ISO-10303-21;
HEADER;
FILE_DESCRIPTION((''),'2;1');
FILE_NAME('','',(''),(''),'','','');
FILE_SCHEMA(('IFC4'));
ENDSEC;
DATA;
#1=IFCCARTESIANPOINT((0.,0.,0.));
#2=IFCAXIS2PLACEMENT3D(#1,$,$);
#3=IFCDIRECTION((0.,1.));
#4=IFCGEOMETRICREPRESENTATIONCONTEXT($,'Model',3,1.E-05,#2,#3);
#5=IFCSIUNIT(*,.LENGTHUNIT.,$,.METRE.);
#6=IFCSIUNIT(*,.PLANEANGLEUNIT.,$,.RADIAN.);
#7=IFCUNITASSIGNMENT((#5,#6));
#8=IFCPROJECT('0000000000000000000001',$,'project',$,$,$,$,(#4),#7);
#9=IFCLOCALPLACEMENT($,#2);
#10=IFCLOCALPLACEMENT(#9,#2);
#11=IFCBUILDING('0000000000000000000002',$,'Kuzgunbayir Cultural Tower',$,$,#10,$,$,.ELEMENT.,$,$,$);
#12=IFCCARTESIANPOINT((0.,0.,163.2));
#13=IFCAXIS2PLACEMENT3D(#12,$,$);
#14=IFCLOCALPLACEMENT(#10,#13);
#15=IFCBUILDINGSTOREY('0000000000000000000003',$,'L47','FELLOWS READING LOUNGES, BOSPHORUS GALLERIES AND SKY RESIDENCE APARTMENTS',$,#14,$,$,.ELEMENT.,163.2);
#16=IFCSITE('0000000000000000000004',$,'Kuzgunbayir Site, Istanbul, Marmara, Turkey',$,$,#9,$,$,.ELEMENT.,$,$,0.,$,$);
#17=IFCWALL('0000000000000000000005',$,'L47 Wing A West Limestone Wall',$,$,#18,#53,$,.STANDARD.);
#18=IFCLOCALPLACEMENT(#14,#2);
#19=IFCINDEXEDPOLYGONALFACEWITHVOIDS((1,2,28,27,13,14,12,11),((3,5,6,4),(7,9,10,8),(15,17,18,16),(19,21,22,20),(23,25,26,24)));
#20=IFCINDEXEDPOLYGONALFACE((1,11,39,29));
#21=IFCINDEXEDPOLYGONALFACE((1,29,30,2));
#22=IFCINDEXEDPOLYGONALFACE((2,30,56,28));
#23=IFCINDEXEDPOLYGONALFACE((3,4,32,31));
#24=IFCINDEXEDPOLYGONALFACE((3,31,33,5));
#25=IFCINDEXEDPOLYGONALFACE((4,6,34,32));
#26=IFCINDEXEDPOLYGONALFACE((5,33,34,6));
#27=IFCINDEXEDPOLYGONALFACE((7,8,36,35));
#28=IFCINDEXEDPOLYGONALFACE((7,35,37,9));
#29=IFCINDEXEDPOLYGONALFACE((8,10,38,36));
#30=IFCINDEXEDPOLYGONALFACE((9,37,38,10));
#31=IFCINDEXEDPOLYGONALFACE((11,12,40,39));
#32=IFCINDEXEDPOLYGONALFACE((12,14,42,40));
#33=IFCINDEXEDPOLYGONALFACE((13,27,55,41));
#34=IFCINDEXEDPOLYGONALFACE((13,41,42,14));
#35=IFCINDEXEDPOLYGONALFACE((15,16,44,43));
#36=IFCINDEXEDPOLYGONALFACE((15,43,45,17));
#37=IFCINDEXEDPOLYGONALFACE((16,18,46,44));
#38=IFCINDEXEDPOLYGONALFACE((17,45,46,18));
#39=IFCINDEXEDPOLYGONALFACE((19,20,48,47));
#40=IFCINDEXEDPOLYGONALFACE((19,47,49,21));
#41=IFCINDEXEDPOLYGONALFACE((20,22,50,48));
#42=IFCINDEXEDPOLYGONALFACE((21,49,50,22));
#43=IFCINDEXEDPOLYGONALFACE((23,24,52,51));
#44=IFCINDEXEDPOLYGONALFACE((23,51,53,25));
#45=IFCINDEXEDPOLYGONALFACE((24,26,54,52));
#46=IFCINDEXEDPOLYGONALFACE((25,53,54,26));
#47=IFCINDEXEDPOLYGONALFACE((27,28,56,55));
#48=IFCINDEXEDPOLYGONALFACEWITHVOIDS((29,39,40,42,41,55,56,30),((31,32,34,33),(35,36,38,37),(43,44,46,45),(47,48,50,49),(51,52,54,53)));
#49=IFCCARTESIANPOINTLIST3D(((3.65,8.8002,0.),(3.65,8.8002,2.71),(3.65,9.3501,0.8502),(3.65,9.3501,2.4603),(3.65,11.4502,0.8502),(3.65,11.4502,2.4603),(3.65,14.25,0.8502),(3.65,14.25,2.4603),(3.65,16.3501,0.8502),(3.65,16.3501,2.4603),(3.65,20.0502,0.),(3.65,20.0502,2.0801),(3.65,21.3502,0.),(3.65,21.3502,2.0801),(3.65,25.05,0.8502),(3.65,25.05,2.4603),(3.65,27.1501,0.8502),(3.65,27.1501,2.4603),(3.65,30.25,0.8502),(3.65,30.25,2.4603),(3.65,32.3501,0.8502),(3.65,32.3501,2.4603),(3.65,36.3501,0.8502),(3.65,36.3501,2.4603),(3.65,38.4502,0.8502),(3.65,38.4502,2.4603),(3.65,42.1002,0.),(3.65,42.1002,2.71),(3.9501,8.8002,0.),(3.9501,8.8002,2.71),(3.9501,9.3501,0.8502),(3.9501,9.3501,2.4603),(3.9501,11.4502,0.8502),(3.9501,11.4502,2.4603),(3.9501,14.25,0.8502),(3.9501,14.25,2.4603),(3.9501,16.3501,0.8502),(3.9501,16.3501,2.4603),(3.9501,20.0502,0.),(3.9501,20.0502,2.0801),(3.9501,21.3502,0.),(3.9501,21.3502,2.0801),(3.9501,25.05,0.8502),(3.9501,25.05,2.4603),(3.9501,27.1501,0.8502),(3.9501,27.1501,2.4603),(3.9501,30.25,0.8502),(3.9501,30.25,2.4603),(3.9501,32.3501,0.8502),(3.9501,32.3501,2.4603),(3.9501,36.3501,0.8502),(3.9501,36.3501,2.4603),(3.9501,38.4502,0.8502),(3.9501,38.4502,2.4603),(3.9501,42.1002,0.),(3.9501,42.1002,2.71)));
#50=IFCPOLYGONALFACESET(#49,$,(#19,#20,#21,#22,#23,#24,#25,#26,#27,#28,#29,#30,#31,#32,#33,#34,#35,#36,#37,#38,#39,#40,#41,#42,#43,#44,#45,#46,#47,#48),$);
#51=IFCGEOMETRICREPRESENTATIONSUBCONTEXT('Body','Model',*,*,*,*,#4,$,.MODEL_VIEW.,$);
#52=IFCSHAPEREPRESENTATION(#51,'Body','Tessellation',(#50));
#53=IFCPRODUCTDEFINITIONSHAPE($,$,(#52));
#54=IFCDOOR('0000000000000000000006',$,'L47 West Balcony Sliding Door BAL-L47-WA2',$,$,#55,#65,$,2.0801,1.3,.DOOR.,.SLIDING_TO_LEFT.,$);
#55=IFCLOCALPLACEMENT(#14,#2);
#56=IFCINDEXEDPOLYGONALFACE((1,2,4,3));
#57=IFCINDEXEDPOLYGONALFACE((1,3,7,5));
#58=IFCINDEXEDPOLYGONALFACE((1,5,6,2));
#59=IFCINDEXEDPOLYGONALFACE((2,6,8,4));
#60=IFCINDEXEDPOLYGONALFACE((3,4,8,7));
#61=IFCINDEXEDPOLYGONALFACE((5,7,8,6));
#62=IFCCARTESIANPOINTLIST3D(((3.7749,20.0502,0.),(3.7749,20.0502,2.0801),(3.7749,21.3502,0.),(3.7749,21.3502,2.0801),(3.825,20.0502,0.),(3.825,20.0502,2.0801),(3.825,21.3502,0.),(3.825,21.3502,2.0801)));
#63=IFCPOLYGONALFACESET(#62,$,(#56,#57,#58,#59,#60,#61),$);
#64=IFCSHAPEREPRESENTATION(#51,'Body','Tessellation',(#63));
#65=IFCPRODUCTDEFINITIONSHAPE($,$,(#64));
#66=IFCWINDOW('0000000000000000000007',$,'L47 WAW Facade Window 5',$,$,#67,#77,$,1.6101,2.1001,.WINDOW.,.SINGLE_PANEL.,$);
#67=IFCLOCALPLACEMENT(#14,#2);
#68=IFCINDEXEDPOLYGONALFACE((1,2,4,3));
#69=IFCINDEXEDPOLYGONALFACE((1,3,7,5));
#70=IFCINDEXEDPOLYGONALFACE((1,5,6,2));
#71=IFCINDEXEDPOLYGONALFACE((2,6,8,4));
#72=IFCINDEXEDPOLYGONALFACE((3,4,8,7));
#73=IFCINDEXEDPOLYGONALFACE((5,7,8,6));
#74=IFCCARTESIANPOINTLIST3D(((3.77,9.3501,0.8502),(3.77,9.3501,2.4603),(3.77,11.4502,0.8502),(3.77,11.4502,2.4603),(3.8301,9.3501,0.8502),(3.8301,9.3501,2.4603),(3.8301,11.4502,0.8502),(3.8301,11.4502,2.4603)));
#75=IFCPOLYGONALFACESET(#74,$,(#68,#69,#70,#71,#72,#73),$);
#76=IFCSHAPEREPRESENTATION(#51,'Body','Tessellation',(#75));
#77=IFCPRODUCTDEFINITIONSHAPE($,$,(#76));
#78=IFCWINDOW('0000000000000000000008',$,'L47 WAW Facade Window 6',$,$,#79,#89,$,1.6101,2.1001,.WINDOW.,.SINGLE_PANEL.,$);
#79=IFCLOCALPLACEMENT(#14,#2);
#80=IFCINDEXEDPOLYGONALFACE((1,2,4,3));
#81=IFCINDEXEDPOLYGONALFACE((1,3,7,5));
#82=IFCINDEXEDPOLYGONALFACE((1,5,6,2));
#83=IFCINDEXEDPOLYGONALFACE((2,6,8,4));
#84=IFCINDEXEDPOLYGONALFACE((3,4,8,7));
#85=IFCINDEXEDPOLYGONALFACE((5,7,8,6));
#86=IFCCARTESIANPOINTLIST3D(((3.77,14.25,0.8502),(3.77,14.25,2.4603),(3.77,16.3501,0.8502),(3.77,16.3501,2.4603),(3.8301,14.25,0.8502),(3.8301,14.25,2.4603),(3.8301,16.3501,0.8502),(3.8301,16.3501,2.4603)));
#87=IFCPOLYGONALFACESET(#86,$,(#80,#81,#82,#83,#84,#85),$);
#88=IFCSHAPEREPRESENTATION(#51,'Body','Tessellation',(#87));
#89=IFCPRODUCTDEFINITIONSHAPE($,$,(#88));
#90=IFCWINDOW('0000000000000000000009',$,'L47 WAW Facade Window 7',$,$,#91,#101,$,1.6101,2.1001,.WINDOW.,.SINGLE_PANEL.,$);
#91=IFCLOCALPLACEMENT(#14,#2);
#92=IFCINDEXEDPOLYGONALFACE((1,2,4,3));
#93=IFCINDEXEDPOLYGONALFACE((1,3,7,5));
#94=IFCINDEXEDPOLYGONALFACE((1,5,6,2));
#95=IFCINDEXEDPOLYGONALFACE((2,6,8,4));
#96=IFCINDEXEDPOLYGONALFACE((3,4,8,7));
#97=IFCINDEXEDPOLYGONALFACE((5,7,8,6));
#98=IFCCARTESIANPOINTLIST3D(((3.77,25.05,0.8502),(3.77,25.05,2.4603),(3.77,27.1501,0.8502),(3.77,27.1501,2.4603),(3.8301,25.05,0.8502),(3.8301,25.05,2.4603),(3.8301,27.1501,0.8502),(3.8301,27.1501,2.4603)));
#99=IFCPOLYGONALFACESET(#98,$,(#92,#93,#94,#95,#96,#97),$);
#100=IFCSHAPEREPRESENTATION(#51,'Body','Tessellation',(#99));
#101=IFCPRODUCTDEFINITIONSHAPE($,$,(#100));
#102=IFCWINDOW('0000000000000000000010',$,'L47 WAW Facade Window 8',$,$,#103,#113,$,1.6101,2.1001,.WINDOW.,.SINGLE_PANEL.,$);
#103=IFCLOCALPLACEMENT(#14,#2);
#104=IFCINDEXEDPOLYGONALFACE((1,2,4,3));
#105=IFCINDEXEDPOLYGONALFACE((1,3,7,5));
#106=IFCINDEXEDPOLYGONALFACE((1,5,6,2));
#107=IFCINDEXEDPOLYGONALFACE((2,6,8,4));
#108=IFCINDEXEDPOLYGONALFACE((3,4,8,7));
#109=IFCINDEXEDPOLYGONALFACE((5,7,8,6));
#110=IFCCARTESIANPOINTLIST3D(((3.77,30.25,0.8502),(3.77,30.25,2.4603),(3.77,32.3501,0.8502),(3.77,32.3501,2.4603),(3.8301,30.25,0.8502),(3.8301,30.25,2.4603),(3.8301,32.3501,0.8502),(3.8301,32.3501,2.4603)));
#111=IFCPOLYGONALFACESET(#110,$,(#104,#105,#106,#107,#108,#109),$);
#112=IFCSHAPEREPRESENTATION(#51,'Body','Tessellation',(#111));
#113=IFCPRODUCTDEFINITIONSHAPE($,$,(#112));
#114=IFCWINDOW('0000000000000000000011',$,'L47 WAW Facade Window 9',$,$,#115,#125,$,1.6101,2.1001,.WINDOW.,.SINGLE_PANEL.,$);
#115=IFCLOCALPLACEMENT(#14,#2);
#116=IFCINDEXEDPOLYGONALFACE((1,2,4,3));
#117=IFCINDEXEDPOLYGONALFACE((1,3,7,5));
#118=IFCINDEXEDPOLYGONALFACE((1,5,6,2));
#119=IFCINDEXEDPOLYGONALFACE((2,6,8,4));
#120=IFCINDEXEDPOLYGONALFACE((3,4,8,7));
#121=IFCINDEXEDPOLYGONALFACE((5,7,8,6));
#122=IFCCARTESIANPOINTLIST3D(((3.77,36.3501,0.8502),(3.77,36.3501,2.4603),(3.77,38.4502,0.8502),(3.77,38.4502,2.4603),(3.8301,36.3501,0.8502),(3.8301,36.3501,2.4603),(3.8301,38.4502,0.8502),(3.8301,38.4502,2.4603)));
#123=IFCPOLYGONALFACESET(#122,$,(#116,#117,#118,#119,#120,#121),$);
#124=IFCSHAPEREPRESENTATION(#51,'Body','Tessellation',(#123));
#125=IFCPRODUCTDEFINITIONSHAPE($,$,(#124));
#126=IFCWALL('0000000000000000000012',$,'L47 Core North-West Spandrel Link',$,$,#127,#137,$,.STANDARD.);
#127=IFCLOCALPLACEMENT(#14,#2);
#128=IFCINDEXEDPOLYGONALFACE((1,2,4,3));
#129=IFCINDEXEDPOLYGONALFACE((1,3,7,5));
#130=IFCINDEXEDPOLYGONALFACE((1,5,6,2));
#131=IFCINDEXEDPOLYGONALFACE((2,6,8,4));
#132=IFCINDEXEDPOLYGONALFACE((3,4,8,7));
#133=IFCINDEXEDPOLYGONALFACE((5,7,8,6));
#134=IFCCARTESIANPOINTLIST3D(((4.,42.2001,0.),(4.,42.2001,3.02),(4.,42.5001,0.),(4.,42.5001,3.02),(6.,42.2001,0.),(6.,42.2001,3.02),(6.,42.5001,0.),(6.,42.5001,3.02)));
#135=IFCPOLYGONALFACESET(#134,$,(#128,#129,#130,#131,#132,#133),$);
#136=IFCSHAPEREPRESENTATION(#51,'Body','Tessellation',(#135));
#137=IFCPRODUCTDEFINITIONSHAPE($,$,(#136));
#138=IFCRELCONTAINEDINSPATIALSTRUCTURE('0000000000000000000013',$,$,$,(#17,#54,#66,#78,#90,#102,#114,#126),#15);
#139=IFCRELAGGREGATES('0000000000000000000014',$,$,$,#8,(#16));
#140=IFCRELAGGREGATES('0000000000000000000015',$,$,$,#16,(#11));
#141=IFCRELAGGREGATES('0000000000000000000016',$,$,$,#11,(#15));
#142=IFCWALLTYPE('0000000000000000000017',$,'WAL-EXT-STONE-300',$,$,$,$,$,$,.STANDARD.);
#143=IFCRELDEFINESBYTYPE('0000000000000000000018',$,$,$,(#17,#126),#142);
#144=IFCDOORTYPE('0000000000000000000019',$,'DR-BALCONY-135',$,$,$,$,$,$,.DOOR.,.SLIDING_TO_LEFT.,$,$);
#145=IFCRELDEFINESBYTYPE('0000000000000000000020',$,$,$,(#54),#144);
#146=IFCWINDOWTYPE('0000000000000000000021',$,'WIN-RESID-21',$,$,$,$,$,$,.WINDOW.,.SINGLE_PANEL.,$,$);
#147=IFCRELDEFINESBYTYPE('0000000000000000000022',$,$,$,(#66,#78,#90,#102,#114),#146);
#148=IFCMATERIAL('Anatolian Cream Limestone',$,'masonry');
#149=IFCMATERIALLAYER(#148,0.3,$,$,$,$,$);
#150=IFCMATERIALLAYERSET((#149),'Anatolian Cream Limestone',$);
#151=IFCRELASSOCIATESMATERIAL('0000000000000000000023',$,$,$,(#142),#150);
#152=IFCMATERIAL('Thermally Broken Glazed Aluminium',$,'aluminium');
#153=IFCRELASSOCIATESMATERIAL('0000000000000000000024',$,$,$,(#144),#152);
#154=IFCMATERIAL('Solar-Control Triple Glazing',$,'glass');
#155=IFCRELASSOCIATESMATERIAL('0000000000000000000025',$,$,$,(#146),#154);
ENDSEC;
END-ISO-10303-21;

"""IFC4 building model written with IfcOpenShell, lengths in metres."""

from ifc_helpers import new_model, si_unit, direction, frame, frame_2d, origin, place, context, subcontext, project, spatial, rectangle, extrude, material, layer, layer_set, type_object, element, fill, save


model = new_model("IFC4")

# Units and contexts
model_context = context("Model", 3, precision=1e-05, world=origin(), true_north=direction((0.0, 1.0)))
body_context = subcontext(model_context, "Body", "Model", "MODEL_VIEW")
ifc_project = project(units=[si_unit("LENGTHUNIT", "METRE"), si_unit("PLANEANGLEUNIT", "RADIAN")], contexts=[model_context])

# Site, building, storey
site_placement = place(None, origin())
site = spatial("IfcSite", under=ifc_project, at=site_placement, Name="Kuzgunbayir Site, Istanbul, Marmara, Turkey", CompositionType="ELEMENT", RefElevation=0.0)
building_placement = place(site_placement, origin())
building = spatial("IfcBuilding", under=site, at=building_placement, Name="Kuzgunbayir Cultural Tower", CompositionType="ELEMENT")
storey_placement = place(building_placement, frame((0.0, 0.0, 163.2)))
storey = spatial("IfcBuildingStorey", under=building, at=storey_placement, Name="L47", Description="FELLOWS READING LOUNGES, BOSPHORUS GALLERIES AND SKY RESIDENCE APARTMENTS", CompositionType="ELEMENT", Elevation=163.2)

# Wall, openings, door, windows
ifc_material_1 = material(Name="Anatolian Cream Limestone", Category="masonry")
ifc_layer_1 = layer(ifc_material_1, 0.3)
ifc_layer_set_1 = layer_set([ifc_layer_1], Name="Anatolian Cream Limestone")
wall_type_1 = type_object("IfcWallType", Name="WAL-EXT-STONE-300", PredefinedType="STANDARD", material=ifc_layer_set_1)
wall_1_placement = place(storey_placement, frame((3.8, 42.1001, 0.0), z_axis=(0.0, 0.0, 1.0), x_axis=(0.0, -1.0, 0.0)))
wall_1 = element("IfcWall", 1, at=wall_1_placement, inside=storey, type_object=wall_type_1, Name="L47 Wing A West Limestone Wall", PredefinedType="STANDARD", context=body_context, shape_type="SweptSolid", body=[
    extrude(rectangle(XDim=33.3, YDim=0.3, at=frame_2d((16.6499, 0.0))), origin(), (0.0, 0.0, 1.0), 2.71),
])
opening_1_placement = place(wall_1_placement, frame((20.75, 0.0, 0.0)))
opening_1 = element("IfcOpeningElement", 2, at=opening_1_placement, cuts=wall_1, PredefinedType="OPENING", context=body_context, shape_type="SweptSolid", body=[
    extrude(rectangle(XDim=1.3, YDim=2.0801, at=frame_2d((0.6499, 1.04))), frame((0.0, 0.1602, 0.0), z_axis=(0.0, -1.0, 0.0), x_axis=(1.0, 0.0, 0.0)), (0.0, 0.0, 1.0), 0.3201),
])
opening_2_placement = place(wall_1_placement, frame((30.6499, 0.0, 0.8501)))
opening_2 = element("IfcOpeningElement", 3, at=opening_2_placement, cuts=wall_1, PredefinedType="OPENING", context=body_context, shape_type="SweptSolid", body=[
    extrude(rectangle(XDim=2.1001, YDim=1.6101, at=frame_2d((1.05, 0.8052))), frame((0.0, 0.1602, 0.0), z_axis=(0.0, -1.0, 0.0), x_axis=(1.0, 0.0, 0.0)), (0.0, 0.0, 1.0), 0.3201),
])
opening_3_placement = place(wall_1_placement, frame((25.75, 0.0, 0.8501)))
opening_3 = element("IfcOpeningElement", 4, at=opening_3_placement, cuts=wall_1, PredefinedType="OPENING", context=body_context, shape_type="SweptSolid", body=[
    extrude(rectangle(XDim=2.1001, YDim=1.6101, at=frame_2d((1.05, 0.8052))), frame((0.0, 0.1602, 0.0), z_axis=(0.0, -1.0, 0.0), x_axis=(1.0, 0.0, 0.0)), (0.0, 0.0, 1.0), 0.3201),
])
opening_4_placement = place(wall_1_placement, frame((14.95, 0.0, 0.8501)))
opening_4 = element("IfcOpeningElement", 5, at=opening_4_placement, cuts=wall_1, PredefinedType="OPENING", context=body_context, shape_type="SweptSolid", body=[
    extrude(rectangle(XDim=2.1001, YDim=1.6101, at=frame_2d((1.05, 0.8052))), frame((0.0, 0.1602, 0.0), z_axis=(0.0, -1.0, 0.0), x_axis=(1.0, 0.0, 0.0)), (0.0, 0.0, 1.0), 0.3201),
])
opening_5_placement = place(wall_1_placement, frame((9.75, 0.0, 0.8501)))
opening_5 = element("IfcOpeningElement", 6, at=opening_5_placement, cuts=wall_1, PredefinedType="OPENING", context=body_context, shape_type="SweptSolid", body=[
    extrude(rectangle(XDim=2.1001, YDim=1.6101, at=frame_2d((1.05, 0.8052))), frame((0.0, 0.1602, 0.0), z_axis=(0.0, -1.0, 0.0), x_axis=(1.0, 0.0, 0.0)), (0.0, 0.0, 1.0), 0.3201),
])
opening_6_placement = place(wall_1_placement, frame((3.6499, 0.0, 0.8501)))
opening_6 = element("IfcOpeningElement", 7, at=opening_6_placement, cuts=wall_1, PredefinedType="OPENING", context=body_context, shape_type="SweptSolid", body=[
    extrude(rectangle(XDim=2.1001, YDim=1.6101, at=frame_2d((1.05, 0.8052))), frame((0.0, 0.1602, 0.0), z_axis=(0.0, -1.0, 0.0), x_axis=(1.0, 0.0, 0.0)), (0.0, 0.0, 1.0), 0.3201),
])
ifc_material_2 = material(Name="Thermally Broken Glazed Aluminium", Category="aluminium")
door_type_1 = type_object("IfcDoorType", Name="DR-BALCONY-135", OperationType="SLIDING_TO_LEFT", PredefinedType="DOOR", material=ifc_material_2)
door_1_placement = place(opening_1_placement, origin())
door_1 = element("IfcDoor", 8, at=door_1_placement, inside=storey, type_object=door_type_1, Name="L47 West Balcony Sliding Door BAL-L47-WA2", OperationType="SLIDING_TO_LEFT", OverallHeight=2.0801, OverallWidth=1.3, PredefinedType="DOOR", context=body_context, shape_type="SweptSolid", body=[
    extrude(rectangle(XDim=1.3, YDim=2.0801, at=frame_2d((0.6499, 1.04))), frame((0.0, 0.0249, 0.0), z_axis=(0.0, -1.0, 0.0), x_axis=(1.0, 0.0, 0.0)), (0.0, 0.0, 1.0), 0.05),
])
fill(opening_1, door_1)
ifc_material_3 = material(Name="Solar-Control Triple Glazing", Category="glass")
window_type = type_object("IfcWindowType", Name="WIN-RESID-21", PartitioningType="SINGLE_PANEL", PredefinedType="WINDOW", material=ifc_material_3)
window_1_placement = place(opening_2_placement, origin())
window_1 = element("IfcWindow", 9, at=window_1_placement, inside=storey, type_object=window_type, Name="L47 WAW Facade Window 5", OverallHeight=1.6101, OverallWidth=2.1001, PartitioningType="SINGLE_PANEL", PredefinedType="WINDOW", context=body_context, shape_type="SweptSolid", body=[
    extrude(rectangle(XDim=2.1001, YDim=1.6101, at=frame_2d((1.05, 0.8052))), frame((0.0, 0.03, 0.0), z_axis=(0.0, -1.0, 0.0), x_axis=(1.0, 0.0, 0.0)), (0.0, 0.0, 1.0), 0.0601),
])
fill(opening_2, window_1)
window_2_placement = place(opening_3_placement, origin())
window_2 = element("IfcWindow", 10, at=window_2_placement, inside=storey, type_object=window_type, Name="L47 WAW Facade Window 6", OverallHeight=1.6101, OverallWidth=2.1001, PartitioningType="SINGLE_PANEL", PredefinedType="WINDOW", context=body_context, shape_type="SweptSolid", body=[
    extrude(rectangle(XDim=2.1001, YDim=1.6101, at=frame_2d((1.05, 0.8052))), frame((0.0, 0.03, 0.0), z_axis=(0.0, -1.0, 0.0), x_axis=(1.0, 0.0, 0.0)), (0.0, 0.0, 1.0), 0.0601),
])
fill(opening_3, window_2)
window_3_placement = place(opening_4_placement, origin())
window_3 = element("IfcWindow", 11, at=window_3_placement, inside=storey, type_object=window_type, Name="L47 WAW Facade Window 7", OverallHeight=1.6101, OverallWidth=2.1001, PartitioningType="SINGLE_PANEL", PredefinedType="WINDOW", context=body_context, shape_type="SweptSolid", body=[
    extrude(rectangle(XDim=2.1001, YDim=1.6101, at=frame_2d((1.05, 0.8052))), frame((0.0, 0.03, 0.0), z_axis=(0.0, -1.0, 0.0), x_axis=(1.0, 0.0, 0.0)), (0.0, 0.0, 1.0), 0.0601),
])
fill(opening_4, window_3)
window_4_placement = place(opening_5_placement, origin())
window_4 = element("IfcWindow", 12, at=window_4_placement, inside=storey, type_object=window_type, Name="L47 WAW Facade Window 8", OverallHeight=1.6101, OverallWidth=2.1001, PartitioningType="SINGLE_PANEL", PredefinedType="WINDOW", context=body_context, shape_type="SweptSolid", body=[
    extrude(rectangle(XDim=2.1001, YDim=1.6101, at=frame_2d((1.05, 0.8052))), frame((0.0, 0.03, 0.0), z_axis=(0.0, -1.0, 0.0), x_axis=(1.0, 0.0, 0.0)), (0.0, 0.0, 1.0), 0.0601),
])
fill(opening_5, window_4)
window_5_placement = place(opening_6_placement, origin())
window_5 = element("IfcWindow", 13, at=window_5_placement, inside=storey, type_object=window_type, Name="L47 WAW Facade Window 9", OverallHeight=1.6101, OverallWidth=2.1001, PartitioningType="SINGLE_PANEL", PredefinedType="WINDOW", context=body_context, shape_type="SweptSolid", body=[
    extrude(rectangle(XDim=2.1001, YDim=1.6101, at=frame_2d((1.05, 0.8052))), frame((0.0, 0.03, 0.0), z_axis=(0.0, -1.0, 0.0), x_axis=(1.0, 0.0, 0.0)), (0.0, 0.0, 1.0), 0.0601),
])
fill(opening_6, window_5)

# Wall
wall_2_placement = place(storey_placement, frame((6.0, 42.3501, 0.0), z_axis=(0.0, 0.0, 1.0), x_axis=(-1.0, 0.0, 0.0)))
element("IfcWall", 14, at=wall_2_placement, inside=storey, type_object=wall_type_1, Name="L47 Core North-West Spandrel Link", PredefinedType="STANDARD", context=body_context, shape_type="SweptSolid", body=[
    extrude(rectangle(XDim=2.0, YDim=0.3, at=frame_2d((1.0, 0.0))), origin(), (0.0, 0.0, 1.0), 3.02),
])

save(model, "model.ifc")
